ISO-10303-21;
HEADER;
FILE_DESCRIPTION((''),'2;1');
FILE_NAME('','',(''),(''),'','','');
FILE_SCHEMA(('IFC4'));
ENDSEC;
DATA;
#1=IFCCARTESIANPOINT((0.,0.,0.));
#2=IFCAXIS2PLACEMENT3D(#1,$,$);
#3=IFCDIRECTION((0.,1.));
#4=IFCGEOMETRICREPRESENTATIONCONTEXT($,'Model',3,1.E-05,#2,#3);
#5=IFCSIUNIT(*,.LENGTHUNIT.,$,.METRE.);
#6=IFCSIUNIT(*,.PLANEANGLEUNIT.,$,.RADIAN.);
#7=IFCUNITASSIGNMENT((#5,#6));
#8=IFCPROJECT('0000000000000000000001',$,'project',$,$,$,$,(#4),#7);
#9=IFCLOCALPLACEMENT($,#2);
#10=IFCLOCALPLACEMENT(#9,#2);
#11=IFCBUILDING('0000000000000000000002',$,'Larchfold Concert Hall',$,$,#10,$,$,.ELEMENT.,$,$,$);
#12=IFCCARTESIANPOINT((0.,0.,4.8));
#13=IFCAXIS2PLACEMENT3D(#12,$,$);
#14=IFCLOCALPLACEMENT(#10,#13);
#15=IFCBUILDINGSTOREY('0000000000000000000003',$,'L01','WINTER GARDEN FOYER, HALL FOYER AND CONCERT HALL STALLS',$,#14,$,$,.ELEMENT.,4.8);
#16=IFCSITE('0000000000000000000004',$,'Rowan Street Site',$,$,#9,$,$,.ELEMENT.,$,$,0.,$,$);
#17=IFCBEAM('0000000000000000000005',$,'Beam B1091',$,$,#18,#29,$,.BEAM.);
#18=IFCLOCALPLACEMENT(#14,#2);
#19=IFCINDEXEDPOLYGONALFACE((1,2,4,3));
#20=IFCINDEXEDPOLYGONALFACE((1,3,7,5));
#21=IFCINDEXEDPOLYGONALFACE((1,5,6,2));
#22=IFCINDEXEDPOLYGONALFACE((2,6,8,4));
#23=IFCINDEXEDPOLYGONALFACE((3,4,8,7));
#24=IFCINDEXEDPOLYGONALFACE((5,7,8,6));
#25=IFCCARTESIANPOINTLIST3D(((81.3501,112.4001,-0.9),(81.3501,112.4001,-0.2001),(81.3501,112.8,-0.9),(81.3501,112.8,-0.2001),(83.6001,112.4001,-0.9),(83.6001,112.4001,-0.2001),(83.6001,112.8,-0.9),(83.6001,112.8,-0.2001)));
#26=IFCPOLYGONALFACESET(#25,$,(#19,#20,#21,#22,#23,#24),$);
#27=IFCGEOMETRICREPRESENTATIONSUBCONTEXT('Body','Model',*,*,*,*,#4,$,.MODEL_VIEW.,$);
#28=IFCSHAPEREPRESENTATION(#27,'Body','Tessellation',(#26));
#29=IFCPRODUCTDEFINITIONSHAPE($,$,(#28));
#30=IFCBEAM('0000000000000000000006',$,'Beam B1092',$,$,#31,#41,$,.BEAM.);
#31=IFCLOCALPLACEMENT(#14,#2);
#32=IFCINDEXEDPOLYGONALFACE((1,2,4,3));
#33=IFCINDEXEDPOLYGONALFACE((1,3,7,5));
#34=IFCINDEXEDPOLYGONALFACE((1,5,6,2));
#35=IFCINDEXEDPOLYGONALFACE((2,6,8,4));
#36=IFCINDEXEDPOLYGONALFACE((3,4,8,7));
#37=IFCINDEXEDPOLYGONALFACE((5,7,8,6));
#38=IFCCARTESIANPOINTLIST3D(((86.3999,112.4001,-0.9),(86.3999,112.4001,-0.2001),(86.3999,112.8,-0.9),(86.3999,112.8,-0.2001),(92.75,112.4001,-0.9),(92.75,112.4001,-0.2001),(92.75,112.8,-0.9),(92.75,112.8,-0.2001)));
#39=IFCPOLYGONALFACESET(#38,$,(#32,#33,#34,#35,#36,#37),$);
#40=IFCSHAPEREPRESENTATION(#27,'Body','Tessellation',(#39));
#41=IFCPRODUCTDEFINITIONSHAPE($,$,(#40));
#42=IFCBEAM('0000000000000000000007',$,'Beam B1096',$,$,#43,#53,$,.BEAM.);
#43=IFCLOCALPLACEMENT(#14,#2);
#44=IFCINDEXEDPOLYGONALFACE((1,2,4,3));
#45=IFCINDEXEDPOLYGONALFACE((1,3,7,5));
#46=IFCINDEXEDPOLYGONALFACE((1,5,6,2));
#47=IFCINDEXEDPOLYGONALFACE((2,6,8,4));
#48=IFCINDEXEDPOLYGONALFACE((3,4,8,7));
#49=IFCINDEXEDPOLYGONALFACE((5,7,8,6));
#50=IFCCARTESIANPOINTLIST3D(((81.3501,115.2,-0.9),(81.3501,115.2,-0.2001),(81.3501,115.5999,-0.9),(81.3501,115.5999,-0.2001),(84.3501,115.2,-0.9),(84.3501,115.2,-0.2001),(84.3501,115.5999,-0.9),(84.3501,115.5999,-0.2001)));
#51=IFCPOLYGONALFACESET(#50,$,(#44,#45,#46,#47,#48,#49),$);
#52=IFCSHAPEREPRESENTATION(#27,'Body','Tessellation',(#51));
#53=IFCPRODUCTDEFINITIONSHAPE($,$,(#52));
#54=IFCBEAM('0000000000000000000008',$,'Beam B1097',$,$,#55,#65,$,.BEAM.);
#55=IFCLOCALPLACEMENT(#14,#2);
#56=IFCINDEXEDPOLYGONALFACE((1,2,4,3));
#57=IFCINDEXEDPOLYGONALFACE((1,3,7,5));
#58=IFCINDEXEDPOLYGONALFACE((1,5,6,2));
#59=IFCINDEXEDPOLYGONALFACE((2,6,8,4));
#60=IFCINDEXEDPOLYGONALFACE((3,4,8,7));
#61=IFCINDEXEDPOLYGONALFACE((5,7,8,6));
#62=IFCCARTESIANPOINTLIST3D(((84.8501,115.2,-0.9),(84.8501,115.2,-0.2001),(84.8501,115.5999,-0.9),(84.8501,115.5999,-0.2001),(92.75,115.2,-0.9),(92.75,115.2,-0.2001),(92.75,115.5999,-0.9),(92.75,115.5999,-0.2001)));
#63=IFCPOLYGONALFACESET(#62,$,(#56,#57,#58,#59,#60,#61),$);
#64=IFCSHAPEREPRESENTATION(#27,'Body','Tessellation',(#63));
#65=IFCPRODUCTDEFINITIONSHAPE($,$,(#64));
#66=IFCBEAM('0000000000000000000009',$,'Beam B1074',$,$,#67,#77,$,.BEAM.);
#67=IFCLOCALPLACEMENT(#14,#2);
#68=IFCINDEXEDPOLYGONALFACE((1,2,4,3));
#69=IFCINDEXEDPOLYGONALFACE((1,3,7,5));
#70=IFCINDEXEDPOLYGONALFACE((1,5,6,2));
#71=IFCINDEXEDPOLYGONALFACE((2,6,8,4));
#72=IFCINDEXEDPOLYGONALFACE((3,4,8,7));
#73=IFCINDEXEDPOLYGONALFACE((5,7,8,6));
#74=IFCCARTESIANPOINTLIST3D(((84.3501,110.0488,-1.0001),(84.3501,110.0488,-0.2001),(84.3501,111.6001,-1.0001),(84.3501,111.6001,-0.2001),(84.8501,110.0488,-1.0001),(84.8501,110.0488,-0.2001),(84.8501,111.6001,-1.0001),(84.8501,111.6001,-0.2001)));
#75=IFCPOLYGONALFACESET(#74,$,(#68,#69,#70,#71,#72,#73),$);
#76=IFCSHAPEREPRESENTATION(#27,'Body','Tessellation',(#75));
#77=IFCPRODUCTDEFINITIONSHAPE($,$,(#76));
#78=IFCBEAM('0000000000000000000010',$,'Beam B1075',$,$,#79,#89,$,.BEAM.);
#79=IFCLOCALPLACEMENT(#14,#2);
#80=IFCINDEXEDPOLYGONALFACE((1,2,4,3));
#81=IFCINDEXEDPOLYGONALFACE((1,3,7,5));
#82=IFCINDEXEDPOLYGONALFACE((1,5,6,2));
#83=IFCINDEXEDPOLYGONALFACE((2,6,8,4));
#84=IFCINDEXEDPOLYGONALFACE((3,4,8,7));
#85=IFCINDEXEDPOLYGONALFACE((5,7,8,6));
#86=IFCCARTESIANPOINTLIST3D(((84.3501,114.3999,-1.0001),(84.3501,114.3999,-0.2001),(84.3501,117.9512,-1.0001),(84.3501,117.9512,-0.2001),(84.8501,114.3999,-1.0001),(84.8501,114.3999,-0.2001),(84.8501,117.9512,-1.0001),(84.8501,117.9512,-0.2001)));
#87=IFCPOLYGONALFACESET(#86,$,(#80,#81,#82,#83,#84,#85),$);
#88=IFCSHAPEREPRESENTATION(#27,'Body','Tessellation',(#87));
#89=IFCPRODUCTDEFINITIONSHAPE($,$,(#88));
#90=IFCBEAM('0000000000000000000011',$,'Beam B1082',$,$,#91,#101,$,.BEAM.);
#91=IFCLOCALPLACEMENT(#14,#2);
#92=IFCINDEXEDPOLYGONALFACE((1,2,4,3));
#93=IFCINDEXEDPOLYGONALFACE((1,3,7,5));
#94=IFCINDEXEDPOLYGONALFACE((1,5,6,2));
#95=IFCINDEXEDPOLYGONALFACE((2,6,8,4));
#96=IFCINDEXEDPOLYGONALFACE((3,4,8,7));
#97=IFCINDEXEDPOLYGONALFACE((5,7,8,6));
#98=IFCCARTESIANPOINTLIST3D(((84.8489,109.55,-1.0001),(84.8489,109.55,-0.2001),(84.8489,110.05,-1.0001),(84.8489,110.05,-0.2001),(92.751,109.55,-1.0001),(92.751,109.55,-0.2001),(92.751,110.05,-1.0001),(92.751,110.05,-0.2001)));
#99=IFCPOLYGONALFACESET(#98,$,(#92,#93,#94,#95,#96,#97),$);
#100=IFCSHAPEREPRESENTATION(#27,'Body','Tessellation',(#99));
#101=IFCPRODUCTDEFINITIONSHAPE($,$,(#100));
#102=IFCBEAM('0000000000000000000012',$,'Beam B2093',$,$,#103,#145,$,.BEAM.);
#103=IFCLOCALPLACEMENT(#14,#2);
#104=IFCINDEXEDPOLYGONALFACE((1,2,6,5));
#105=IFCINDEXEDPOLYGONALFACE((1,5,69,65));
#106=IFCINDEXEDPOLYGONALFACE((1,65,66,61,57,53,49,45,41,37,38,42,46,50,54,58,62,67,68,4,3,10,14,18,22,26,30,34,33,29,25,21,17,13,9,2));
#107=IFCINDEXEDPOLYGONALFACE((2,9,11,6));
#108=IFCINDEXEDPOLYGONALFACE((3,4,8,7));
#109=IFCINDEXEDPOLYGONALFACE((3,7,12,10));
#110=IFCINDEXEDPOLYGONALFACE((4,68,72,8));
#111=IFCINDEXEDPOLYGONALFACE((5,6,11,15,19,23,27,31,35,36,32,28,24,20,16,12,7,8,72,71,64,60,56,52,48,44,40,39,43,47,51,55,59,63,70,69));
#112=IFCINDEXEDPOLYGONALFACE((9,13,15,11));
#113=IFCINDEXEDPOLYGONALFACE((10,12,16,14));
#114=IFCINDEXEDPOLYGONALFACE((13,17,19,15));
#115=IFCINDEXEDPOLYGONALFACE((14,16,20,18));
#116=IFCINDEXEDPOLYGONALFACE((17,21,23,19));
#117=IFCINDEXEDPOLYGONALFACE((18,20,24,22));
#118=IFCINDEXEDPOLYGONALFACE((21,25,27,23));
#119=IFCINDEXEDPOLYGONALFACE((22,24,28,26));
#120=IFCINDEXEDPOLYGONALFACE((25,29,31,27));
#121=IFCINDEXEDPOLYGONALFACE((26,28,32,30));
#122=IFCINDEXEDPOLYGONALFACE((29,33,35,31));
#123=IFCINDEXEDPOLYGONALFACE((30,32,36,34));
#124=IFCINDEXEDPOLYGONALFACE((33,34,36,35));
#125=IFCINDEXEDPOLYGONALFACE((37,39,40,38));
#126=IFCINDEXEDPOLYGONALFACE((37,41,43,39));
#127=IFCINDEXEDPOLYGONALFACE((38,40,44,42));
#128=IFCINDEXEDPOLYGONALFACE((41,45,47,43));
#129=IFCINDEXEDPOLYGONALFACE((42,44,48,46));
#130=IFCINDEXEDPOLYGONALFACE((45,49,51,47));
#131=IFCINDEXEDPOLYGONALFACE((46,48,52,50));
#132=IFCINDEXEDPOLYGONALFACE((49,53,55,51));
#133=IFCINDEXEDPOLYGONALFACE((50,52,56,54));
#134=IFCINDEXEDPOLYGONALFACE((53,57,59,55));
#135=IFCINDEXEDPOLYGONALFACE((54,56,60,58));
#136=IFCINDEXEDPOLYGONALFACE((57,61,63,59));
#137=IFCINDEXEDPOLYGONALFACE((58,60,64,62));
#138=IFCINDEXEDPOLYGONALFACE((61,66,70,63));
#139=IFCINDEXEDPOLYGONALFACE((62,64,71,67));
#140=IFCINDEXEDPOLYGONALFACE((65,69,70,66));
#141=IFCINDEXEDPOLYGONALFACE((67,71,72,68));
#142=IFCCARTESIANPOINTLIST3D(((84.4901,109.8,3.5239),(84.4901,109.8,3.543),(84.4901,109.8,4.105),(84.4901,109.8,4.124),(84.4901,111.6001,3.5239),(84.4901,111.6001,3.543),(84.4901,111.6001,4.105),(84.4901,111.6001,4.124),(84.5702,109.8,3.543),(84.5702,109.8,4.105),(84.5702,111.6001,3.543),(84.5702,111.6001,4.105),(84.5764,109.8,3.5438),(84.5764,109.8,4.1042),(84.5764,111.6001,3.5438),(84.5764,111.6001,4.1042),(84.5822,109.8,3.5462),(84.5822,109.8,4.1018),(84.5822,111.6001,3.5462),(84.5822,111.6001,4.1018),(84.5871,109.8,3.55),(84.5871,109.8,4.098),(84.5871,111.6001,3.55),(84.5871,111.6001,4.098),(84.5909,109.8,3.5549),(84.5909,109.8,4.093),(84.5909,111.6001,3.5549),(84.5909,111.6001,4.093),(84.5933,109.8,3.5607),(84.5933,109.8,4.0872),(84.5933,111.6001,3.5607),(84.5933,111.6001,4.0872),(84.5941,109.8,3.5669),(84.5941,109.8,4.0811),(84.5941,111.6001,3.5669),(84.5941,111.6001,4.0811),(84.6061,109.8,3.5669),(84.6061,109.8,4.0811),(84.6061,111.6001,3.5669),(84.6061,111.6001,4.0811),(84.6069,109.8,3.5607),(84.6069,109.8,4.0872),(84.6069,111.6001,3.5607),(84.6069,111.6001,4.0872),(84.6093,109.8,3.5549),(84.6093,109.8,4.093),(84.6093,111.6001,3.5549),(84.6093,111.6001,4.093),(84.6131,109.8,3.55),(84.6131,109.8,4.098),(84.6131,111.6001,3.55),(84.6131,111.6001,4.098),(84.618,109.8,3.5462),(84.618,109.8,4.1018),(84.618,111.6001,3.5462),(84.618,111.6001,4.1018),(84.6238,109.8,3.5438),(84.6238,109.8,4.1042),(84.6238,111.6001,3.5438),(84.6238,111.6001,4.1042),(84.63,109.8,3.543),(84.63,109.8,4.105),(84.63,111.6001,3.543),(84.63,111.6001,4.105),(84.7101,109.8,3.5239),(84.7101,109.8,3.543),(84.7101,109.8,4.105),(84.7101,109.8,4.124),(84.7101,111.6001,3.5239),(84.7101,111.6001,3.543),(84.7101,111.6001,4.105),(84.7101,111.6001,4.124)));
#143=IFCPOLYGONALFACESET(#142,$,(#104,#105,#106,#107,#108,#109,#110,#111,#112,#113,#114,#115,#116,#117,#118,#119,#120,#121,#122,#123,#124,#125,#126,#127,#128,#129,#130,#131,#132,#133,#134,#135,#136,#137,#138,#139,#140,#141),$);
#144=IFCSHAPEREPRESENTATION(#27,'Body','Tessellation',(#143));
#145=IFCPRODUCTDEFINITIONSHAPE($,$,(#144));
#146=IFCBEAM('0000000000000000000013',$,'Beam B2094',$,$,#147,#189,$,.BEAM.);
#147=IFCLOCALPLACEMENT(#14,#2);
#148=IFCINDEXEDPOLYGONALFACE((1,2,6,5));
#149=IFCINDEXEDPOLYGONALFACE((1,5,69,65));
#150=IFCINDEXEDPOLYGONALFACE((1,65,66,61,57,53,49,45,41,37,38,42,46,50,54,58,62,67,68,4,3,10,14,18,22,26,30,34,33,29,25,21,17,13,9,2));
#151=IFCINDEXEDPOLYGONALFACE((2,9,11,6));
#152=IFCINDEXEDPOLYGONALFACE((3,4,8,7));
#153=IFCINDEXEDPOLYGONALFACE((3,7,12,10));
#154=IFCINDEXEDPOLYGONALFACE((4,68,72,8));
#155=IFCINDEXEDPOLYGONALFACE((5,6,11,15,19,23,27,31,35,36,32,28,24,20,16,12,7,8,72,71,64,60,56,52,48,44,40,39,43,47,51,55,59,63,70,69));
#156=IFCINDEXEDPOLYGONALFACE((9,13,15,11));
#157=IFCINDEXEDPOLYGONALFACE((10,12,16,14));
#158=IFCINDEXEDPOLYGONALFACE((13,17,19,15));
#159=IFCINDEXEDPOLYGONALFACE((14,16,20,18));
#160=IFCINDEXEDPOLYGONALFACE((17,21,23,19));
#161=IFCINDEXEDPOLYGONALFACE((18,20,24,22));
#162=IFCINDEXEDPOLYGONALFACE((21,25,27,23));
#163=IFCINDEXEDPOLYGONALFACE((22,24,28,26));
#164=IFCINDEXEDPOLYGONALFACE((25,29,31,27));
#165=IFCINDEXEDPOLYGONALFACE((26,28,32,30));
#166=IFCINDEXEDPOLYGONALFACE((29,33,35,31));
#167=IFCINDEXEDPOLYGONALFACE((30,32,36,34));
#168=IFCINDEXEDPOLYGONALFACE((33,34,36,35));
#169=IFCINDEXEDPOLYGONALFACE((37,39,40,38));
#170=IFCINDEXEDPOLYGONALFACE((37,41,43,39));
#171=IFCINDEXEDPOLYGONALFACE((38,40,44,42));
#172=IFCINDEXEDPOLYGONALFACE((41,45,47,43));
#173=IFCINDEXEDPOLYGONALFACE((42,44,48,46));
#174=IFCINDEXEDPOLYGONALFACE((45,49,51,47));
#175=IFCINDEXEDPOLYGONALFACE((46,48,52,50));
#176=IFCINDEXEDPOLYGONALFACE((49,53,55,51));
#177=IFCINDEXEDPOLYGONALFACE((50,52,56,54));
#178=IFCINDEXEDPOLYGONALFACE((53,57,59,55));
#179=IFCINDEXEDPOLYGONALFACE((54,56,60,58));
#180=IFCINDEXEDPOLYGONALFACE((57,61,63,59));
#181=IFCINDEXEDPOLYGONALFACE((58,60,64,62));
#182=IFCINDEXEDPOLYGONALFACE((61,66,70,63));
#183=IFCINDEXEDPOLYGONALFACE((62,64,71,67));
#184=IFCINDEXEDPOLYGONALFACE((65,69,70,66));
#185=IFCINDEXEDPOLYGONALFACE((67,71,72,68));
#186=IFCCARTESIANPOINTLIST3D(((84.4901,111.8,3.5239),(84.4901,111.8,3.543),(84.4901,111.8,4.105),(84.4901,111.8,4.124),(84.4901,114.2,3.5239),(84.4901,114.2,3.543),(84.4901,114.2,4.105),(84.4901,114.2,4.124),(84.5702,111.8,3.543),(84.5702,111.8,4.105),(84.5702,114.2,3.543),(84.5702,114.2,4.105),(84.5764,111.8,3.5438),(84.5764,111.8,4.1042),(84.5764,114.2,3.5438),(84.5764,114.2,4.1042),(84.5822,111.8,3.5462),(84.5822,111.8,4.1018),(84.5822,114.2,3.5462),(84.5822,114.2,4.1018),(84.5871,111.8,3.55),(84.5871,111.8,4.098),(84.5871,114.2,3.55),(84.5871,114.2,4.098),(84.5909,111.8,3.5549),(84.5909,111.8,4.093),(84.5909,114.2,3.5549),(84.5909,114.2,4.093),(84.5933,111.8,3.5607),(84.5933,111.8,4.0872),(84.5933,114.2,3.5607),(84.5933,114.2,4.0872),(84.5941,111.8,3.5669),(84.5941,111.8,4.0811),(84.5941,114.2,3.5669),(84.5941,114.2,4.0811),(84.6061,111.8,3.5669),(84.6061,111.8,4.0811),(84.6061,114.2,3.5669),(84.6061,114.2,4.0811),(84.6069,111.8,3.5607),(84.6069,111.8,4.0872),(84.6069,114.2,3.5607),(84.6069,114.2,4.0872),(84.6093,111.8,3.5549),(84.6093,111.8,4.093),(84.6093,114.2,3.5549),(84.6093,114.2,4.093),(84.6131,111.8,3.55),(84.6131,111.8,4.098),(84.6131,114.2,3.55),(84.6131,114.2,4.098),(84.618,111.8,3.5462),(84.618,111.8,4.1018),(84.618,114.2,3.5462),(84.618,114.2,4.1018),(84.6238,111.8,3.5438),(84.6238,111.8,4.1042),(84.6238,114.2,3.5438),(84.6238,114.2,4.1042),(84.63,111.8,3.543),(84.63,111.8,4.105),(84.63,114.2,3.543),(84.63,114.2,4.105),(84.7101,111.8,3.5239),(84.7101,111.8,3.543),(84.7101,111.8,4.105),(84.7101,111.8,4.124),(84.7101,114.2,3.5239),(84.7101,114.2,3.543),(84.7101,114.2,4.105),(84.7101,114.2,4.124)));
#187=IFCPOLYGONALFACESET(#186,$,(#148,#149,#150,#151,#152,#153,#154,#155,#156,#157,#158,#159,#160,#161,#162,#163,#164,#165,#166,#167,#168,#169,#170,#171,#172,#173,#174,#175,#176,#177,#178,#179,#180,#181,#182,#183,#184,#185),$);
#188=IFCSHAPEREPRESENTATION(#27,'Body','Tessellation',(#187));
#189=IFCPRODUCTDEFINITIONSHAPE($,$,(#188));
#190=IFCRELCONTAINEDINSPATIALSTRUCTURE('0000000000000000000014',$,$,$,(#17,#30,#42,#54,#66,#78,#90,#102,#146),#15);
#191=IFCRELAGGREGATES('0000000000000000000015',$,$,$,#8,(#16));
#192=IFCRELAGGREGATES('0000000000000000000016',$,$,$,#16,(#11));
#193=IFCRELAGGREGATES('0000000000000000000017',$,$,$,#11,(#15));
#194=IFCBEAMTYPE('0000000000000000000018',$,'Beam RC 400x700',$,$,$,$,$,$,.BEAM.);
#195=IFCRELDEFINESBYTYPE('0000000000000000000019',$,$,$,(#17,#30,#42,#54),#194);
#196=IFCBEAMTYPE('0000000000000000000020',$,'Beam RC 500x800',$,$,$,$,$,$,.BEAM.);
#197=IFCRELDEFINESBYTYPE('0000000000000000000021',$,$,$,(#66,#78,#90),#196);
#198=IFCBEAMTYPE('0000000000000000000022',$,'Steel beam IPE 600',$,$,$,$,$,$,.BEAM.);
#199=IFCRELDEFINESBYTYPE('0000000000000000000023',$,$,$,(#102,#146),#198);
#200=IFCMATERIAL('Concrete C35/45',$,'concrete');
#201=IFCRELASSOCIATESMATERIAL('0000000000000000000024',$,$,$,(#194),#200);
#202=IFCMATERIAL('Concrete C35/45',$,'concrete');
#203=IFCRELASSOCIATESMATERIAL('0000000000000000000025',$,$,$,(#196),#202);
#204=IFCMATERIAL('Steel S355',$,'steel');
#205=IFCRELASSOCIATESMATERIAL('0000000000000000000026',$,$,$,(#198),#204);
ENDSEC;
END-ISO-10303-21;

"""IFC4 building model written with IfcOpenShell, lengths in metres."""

from ifc_helpers import new_model, si_unit, direction, frame, origin, origin_2d, place, context, subcontext, project, spatial, rectangle, i_section, extrude, material, material_profile, profile_set, type_object, element, save


model = new_model("IFC4")

# Units and contexts
model_context = context("Model", 3, precision=1e-05, world=origin(), true_north=direction((0.0, 1.0)))
body_context = subcontext(model_context, "Body", "Model", "MODEL_VIEW")
ifc_project = project(units=[si_unit("LENGTHUNIT", "METRE"), si_unit("PLANEANGLEUNIT", "RADIAN")], contexts=[model_context])

# Site, building, storey
site_placement = place(None, origin())
site = spatial("IfcSite", under=ifc_project, at=site_placement, Name="Rowan Street Site", CompositionType="ELEMENT", RefElevation=0.0)
building_placement = place(site_placement, origin())
building = spatial("IfcBuilding", under=site, at=building_placement, Name="Larchfold Concert Hall", CompositionType="ELEMENT")
storey_placement = place(building_placement, frame((0.0, 0.0, 4.8)))
storey = spatial("IfcBuildingStorey", under=building, at=storey_placement, Name="L01", Description="WINTER GARDEN FOYER, HALL FOYER AND CONCERT HALL STALLS", CompositionType="ELEMENT", Elevation=4.8)

# Beams
ifc_material_1 = material(Name="Concrete C35/45", Category="concrete")
ifc_material_profile_1 = material_profile(ifc_material_1, rectangle(XDim=0.3999, YDim=0.7, at=origin_2d()))
ifc_profile_set_1 = profile_set([ifc_material_profile_1], Name="Concrete C35/45")
beam_type_1 = type_object("IfcBeamType", Name="Beam RC 400x700", PredefinedType="BEAM", material=ifc_profile_set_1)
beam_1_placement = place(storey_placement, frame((81.3501, 112.6001, -0.55), z_axis=(1.0, 0.0, 0.0), x_axis=(0.0, 1.0, 0.0)))
element("IfcBeam", 1, at=beam_1_placement, inside=storey, type_object=beam_type_1, Name="Beam B1091", PredefinedType="BEAM", context=body_context, shape_type="SweptSolid", body=[
    extrude(rectangle(XDim=0.3999, YDim=0.7, at=origin_2d()), origin(), (0.0, 0.0, 1.0), 2.25),
])
beam_2_placement = place(storey_placement, frame((86.3999, 112.6001, -0.55), z_axis=(1.0, 0.0, 0.0), x_axis=(0.0, 1.0, 0.0)))
element("IfcBeam", 2, at=beam_2_placement, inside=storey, type_object=beam_type_1, Name="Beam B1092", PredefinedType="BEAM", context=body_context, shape_type="SweptSolid", body=[
    extrude(rectangle(XDim=0.3999, YDim=0.7, at=origin_2d()), origin(), (0.0, 0.0, 1.0), 6.3501),
])
beam_3_placement = place(storey_placement, frame((81.3501, 115.3999, -0.55), z_axis=(1.0, 0.0, 0.0), x_axis=(0.0, 1.0, 0.0)))
element("IfcBeam", 3, at=beam_3_placement, inside=storey, type_object=beam_type_1, Name="Beam B1096", PredefinedType="BEAM", context=body_context, shape_type="SweptSolid", body=[
    extrude(rectangle(XDim=0.3999, YDim=0.7, at=origin_2d()), origin(), (0.0, 0.0, 1.0), 3.0),
])
beam_4_placement = place(storey_placement, frame((84.8501, 115.3999, -0.55), z_axis=(1.0, 0.0, 0.0), x_axis=(0.0, 1.0, 0.0)))
element("IfcBeam", 4, at=beam_4_placement, inside=storey, type_object=beam_type_1, Name="Beam B1097", PredefinedType="BEAM", context=body_context, shape_type="SweptSolid", body=[
    extrude(rectangle(XDim=0.3999, YDim=0.7, at=origin_2d()), origin(), (0.0, 0.0, 1.0), 7.8999),
])
ifc_material_2 = material(Name="Concrete C35/45", Category="concrete")
ifc_material_profile_2 = material_profile(ifc_material_2, rectangle(XDim=0.5, YDim=0.8, at=origin_2d()))
ifc_profile_set_2 = profile_set([ifc_material_profile_2], Name="Concrete C35/45")
beam_type_2 = type_object("IfcBeamType", Name="Beam RC 500x800", PredefinedType="BEAM", material=ifc_profile_set_2)
beam_5_placement = place(storey_placement, frame((84.6001, 110.0488, -0.6001), z_axis=(0.0, 1.0, 0.0), x_axis=(-1.0, 0.0, 0.0)))
element("IfcBeam", 5, at=beam_5_placement, inside=storey, type_object=beam_type_2, Name="Beam B1074", PredefinedType="BEAM", context=body_context, shape_type="SweptSolid", body=[
    extrude(rectangle(XDim=0.5, YDim=0.8, at=origin_2d()), origin(), (0.0, 0.0, 1.0), 1.5513),
])
beam_6_placement = place(storey_placement, frame((84.6001, 114.3999, -0.6001), z_axis=(0.0, 1.0, 0.0), x_axis=(-1.0, 0.0, 0.0)))
element("IfcBeam", 6, at=beam_6_placement, inside=storey, type_object=beam_type_2, Name="Beam B1075", PredefinedType="BEAM", context=body_context, shape_type="SweptSolid", body=[
    extrude(rectangle(XDim=0.5, YDim=0.8, at=origin_2d()), origin(), (0.0, 0.0, 1.0), 3.5513),
])
beam_7_placement = place(storey_placement, frame((84.8489, 109.8, -0.6001), z_axis=(1.0, 0.0, 0.0), x_axis=(0.0, 1.0, 0.0)))
element("IfcBeam", 7, at=beam_7_placement, inside=storey, type_object=beam_type_2, Name="Beam B1082", PredefinedType="BEAM", context=body_context, shape_type="SweptSolid", body=[
    extrude(rectangle(XDim=0.5, YDim=0.8, at=origin_2d()), origin(), (0.0, 0.0, 1.0), 7.9021),
])
ifc_material_3 = material(Name="Steel S355", Category="steel")
ifc_material_profile_3 = material_profile(ifc_material_3, i_section(OverallWidth=0.22, OverallDepth=0.6001, WebThickness=0.012, FlangeThickness=0.019, FilletRadius=0.0239, at=origin_2d()))
ifc_profile_set_3 = profile_set([ifc_material_profile_3], Name="Steel S355")
beam_type_3 = type_object("IfcBeamType", Name="Steel beam IPE 600", PredefinedType="BEAM", material=ifc_profile_set_3)
beam_8_placement = place(storey_placement, frame((84.6001, 109.8, 3.824), z_axis=(0.0, 1.0, 0.0), x_axis=(-1.0, 0.0, 0.0)))
element("IfcBeam", 8, at=beam_8_placement, inside=storey, type_object=beam_type_3, Name="Beam B2093", PredefinedType="BEAM", context=body_context, shape_type="SweptSolid", body=[
    extrude(i_section(OverallWidth=0.22, OverallDepth=0.6001, WebThickness=0.012, FlangeThickness=0.019, FilletRadius=0.0239, at=origin_2d()), origin(), (0.0, 0.0, 1.0), 1.8),
])
beam_9_placement = place(storey_placement, frame((84.6001, 111.8, 3.824), z_axis=(0.0, 1.0, 0.0), x_axis=(-1.0, 0.0, 0.0)))
element("IfcBeam", 9, at=beam_9_placement, inside=storey, type_object=beam_type_3, Name="Beam B2094", PredefinedType="BEAM", context=body_context, shape_type="SweptSolid", body=[
    extrude(i_section(OverallWidth=0.22, OverallDepth=0.6001, WebThickness=0.012, FlangeThickness=0.019, FilletRadius=0.0239, at=origin_2d()), origin(), (0.0, 0.0, 1.0), 2.3999),
])

save(model, "model.ifc")
